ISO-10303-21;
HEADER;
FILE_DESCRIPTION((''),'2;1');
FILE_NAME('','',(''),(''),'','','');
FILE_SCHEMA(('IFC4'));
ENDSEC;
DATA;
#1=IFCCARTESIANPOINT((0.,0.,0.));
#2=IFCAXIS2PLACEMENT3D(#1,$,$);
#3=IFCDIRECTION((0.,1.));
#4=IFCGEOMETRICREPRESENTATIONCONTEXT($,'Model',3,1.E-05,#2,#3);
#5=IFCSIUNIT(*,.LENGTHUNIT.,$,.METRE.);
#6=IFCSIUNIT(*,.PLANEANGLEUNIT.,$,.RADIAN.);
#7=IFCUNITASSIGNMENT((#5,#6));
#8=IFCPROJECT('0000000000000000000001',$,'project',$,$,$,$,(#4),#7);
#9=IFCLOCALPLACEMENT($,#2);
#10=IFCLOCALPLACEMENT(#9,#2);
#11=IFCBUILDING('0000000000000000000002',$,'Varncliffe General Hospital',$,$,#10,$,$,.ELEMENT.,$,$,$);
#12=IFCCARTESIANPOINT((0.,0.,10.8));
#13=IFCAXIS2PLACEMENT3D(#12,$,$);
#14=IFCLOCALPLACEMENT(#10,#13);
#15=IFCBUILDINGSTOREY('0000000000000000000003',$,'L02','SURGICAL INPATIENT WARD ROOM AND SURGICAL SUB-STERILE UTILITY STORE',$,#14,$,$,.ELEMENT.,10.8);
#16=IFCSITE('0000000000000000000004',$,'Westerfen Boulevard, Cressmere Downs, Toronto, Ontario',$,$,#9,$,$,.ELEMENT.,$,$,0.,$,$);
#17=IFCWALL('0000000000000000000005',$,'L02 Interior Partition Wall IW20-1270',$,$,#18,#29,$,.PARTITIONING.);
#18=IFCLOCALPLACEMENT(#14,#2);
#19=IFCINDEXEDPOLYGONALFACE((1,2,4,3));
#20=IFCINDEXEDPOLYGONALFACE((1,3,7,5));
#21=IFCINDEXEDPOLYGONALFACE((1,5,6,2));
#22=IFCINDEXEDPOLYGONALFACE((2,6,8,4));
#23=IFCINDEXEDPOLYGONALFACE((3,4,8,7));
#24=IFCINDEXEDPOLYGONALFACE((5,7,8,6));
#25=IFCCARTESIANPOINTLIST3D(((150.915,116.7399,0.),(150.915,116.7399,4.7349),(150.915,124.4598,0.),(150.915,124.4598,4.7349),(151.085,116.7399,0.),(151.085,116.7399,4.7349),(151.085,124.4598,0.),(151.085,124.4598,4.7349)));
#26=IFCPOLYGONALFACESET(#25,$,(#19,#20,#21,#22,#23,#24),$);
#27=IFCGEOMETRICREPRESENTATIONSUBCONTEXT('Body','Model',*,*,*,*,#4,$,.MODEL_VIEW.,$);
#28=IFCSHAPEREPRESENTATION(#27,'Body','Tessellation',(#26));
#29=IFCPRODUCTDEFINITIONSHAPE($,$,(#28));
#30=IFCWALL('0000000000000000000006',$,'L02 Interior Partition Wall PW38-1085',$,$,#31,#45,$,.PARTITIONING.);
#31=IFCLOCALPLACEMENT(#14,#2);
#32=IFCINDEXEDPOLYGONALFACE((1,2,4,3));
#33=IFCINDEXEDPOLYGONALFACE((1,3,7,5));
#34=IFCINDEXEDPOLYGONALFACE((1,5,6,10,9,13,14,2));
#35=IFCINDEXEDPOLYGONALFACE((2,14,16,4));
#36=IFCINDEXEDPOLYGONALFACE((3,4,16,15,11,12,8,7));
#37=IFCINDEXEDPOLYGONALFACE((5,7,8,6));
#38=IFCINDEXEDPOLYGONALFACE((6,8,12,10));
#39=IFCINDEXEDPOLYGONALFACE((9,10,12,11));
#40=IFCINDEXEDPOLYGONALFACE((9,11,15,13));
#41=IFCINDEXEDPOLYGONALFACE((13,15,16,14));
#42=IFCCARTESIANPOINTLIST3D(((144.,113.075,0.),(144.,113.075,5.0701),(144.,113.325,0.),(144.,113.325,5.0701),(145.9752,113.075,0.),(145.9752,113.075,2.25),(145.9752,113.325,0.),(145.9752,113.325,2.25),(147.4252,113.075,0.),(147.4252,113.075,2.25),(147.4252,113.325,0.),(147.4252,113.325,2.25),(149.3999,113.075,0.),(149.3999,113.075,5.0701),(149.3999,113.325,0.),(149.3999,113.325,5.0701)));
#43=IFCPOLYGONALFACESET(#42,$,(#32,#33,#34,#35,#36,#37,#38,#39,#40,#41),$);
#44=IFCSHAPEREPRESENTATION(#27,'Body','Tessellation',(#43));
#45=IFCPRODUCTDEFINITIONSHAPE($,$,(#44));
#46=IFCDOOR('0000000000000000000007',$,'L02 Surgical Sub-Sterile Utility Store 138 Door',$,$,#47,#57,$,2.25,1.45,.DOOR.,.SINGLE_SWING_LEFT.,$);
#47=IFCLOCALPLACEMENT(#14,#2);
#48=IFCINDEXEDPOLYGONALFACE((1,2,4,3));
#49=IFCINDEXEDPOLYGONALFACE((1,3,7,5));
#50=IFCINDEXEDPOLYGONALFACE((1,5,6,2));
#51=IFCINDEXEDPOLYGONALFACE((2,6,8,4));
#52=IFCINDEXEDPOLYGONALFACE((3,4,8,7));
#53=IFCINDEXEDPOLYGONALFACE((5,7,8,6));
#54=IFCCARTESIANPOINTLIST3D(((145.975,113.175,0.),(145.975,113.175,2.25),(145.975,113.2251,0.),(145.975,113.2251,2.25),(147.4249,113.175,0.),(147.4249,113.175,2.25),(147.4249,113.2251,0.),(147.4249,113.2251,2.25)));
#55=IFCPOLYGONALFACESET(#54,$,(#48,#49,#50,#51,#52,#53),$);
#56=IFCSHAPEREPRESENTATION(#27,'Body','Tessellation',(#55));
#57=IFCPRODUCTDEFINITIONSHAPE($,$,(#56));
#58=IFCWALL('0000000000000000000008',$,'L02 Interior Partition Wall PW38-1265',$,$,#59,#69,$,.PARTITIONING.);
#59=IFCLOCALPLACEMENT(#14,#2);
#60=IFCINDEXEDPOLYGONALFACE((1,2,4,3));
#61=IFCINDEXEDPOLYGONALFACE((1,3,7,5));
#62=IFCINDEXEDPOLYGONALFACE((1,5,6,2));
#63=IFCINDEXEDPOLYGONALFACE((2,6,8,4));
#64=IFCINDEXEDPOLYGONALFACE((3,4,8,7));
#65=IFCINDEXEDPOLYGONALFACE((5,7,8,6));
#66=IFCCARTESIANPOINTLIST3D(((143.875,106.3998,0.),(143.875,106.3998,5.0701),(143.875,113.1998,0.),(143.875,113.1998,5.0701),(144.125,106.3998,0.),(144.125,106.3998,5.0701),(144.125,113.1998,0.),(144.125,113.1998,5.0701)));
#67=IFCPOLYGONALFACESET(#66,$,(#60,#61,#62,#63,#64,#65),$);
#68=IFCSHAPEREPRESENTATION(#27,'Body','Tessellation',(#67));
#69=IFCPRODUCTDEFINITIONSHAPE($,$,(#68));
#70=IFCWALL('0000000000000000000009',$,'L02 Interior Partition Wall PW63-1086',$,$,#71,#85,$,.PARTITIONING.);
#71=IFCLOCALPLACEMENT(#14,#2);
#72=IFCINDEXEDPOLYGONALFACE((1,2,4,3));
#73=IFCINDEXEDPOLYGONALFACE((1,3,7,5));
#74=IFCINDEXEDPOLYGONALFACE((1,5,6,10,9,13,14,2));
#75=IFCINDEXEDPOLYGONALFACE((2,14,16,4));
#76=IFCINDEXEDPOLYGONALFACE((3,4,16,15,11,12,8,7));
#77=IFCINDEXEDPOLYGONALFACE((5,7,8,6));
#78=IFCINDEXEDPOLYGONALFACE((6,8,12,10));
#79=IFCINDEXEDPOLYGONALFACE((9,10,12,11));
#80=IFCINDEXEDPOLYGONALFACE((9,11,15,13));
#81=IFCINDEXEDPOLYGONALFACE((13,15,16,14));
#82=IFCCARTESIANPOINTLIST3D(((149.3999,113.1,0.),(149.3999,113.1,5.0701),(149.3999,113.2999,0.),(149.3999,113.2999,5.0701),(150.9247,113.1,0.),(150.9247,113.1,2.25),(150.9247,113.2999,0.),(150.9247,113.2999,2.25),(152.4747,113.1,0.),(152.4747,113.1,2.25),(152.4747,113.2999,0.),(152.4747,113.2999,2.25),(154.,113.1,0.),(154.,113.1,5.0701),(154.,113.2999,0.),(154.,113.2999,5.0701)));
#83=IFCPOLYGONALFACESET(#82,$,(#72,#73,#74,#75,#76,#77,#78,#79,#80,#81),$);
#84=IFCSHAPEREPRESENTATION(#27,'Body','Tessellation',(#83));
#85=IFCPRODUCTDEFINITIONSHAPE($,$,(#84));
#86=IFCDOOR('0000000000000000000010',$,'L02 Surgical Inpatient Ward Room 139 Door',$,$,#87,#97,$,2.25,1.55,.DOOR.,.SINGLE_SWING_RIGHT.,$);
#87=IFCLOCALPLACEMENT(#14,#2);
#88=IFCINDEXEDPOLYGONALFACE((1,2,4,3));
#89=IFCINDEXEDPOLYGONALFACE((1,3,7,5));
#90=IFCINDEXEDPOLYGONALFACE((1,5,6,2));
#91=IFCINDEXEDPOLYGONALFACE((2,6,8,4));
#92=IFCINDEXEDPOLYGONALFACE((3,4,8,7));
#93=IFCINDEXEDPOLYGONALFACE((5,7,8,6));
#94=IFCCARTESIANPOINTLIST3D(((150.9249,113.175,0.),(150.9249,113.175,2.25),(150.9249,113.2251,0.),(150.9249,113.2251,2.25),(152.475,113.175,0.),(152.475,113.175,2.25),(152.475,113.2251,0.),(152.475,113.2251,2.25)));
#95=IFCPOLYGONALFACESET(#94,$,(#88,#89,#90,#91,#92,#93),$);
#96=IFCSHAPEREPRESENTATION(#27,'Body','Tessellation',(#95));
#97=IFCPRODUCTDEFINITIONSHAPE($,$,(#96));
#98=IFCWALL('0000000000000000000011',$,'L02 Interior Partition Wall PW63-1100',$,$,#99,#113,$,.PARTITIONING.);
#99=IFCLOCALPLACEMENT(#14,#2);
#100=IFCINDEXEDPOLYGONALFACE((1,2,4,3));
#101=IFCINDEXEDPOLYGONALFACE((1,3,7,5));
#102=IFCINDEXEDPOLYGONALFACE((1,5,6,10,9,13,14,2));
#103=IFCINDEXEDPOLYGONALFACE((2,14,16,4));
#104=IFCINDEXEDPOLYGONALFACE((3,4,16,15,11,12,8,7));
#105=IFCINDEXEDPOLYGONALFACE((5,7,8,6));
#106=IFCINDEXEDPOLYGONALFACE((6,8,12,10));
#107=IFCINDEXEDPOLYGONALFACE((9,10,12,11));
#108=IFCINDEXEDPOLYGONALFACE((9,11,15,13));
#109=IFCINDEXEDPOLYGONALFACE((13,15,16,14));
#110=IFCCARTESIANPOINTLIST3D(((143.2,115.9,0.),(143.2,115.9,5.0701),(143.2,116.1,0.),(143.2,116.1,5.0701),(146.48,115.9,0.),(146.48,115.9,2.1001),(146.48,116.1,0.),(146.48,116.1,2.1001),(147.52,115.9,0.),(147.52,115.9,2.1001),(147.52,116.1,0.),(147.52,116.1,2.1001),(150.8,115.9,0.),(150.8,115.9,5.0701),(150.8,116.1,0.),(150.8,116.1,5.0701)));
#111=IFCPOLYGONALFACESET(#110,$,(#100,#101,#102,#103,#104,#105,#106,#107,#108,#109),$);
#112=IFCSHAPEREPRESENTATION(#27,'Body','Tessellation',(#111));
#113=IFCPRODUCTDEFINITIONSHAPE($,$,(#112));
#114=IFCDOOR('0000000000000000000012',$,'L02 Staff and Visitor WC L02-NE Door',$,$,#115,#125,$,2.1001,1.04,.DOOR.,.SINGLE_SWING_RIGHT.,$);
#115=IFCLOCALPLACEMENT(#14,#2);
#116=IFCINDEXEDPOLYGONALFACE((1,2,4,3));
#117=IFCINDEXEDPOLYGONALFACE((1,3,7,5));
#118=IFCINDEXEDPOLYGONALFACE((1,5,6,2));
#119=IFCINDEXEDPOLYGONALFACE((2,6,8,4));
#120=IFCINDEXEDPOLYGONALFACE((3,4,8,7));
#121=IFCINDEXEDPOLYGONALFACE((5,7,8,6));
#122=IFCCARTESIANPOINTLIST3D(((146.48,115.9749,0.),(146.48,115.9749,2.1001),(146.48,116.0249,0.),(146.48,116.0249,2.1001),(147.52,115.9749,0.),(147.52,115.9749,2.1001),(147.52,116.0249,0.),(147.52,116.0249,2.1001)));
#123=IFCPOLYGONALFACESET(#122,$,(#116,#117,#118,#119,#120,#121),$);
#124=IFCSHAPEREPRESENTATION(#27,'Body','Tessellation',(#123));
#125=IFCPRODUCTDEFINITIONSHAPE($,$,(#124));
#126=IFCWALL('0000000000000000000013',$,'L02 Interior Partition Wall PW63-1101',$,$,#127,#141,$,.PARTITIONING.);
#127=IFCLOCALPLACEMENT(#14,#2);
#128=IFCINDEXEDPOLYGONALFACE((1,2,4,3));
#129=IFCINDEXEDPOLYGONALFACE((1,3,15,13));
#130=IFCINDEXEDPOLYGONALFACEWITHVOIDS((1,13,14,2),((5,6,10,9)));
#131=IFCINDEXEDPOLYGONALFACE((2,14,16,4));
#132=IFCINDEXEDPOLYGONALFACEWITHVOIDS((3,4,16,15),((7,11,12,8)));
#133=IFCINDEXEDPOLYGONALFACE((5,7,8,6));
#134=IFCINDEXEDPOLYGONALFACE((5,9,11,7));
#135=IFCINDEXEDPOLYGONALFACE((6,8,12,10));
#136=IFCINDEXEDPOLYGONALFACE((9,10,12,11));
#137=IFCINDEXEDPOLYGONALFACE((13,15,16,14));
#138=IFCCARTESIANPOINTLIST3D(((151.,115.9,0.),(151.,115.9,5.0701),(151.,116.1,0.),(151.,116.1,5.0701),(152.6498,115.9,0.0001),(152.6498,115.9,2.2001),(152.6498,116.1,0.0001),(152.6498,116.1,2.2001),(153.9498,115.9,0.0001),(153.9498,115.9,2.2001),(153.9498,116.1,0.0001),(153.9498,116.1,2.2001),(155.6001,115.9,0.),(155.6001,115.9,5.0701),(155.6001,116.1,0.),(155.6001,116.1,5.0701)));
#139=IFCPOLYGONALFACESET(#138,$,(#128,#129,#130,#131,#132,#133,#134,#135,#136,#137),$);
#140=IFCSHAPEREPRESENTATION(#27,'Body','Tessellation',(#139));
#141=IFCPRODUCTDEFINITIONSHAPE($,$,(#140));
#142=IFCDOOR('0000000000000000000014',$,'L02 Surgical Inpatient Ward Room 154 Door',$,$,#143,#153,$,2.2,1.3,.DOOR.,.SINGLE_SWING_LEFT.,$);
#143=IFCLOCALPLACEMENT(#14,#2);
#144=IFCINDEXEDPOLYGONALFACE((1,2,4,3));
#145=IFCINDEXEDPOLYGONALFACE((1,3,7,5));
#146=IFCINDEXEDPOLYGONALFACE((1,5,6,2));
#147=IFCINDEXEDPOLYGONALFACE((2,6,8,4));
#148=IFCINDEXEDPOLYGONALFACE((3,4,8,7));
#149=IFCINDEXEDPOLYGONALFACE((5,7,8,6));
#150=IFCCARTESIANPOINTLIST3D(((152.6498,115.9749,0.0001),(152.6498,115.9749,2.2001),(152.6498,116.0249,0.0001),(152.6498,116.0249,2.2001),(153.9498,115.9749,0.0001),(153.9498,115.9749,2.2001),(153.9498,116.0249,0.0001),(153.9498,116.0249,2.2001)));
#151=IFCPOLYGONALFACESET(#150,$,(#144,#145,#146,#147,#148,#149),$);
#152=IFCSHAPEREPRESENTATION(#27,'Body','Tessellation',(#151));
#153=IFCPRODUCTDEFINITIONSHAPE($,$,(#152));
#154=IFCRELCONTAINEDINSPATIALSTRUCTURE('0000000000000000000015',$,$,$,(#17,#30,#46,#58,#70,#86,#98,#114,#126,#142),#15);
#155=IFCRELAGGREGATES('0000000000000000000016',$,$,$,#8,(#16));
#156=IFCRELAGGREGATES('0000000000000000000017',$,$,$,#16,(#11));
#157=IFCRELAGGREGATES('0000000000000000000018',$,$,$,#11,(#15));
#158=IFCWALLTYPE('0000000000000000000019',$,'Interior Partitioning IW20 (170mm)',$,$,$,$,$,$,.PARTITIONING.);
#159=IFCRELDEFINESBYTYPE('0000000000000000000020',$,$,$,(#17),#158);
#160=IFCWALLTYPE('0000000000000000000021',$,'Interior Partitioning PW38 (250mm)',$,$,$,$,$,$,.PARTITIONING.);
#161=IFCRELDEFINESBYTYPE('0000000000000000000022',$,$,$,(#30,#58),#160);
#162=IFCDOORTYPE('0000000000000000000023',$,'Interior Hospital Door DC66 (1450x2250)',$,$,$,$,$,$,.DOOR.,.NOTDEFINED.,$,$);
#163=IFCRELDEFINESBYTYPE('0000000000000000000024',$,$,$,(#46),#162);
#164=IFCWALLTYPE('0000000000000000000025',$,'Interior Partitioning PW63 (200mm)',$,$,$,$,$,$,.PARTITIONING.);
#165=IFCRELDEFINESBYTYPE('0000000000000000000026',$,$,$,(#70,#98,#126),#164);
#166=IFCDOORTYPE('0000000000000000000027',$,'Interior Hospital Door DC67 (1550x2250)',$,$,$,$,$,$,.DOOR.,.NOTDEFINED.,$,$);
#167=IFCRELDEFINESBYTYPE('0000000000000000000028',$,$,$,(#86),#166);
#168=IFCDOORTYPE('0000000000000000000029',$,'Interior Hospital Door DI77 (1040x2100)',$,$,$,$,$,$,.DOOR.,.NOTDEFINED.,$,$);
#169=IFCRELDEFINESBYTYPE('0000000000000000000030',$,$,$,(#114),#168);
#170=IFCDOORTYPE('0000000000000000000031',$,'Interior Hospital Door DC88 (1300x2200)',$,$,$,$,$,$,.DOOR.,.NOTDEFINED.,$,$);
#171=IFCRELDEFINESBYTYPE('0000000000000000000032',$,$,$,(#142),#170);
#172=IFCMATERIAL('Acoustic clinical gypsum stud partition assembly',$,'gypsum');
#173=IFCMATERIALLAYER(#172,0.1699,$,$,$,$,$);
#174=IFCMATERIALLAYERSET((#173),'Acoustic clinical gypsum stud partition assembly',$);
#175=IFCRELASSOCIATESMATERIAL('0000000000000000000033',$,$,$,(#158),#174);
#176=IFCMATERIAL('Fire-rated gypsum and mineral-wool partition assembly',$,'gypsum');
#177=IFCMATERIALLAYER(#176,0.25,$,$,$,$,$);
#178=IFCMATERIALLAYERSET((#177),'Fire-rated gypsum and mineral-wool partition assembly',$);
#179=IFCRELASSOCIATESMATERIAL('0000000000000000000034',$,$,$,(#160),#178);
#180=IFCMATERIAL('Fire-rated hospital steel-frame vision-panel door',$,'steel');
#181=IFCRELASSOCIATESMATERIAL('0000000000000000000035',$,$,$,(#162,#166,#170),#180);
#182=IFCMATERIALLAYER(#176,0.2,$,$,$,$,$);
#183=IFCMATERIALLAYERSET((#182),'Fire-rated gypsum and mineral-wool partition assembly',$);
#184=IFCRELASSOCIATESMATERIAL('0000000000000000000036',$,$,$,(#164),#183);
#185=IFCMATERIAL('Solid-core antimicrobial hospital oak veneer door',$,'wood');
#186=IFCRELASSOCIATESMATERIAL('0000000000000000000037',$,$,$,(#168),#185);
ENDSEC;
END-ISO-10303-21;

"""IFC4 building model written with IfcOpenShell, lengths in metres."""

from ifc_helpers import new_model, si_unit, direction, frame, frame_2d, origin, place, context, subcontext, project, spatial, rectangle, extrude, material, layer, layer_set, type_object, element, fill, save


model = new_model("IFC4")

# Units and contexts
model_context = context("Model", 3, precision=1e-05, world=origin(), true_north=direction((0.0, 1.0)))
body_context = subcontext(model_context, "Body", "Model", "MODEL_VIEW")
ifc_project = project(units=[si_unit("LENGTHUNIT", "METRE"), si_unit("PLANEANGLEUNIT", "RADIAN")], contexts=[model_context])

# Site, building, storey
site_placement = place(None, origin())
site = spatial("IfcSite", under=ifc_project, at=site_placement, Name="Westerfen Boulevard, Cressmere Downs, Toronto, Ontario", CompositionType="ELEMENT", RefElevation=0.0)
building_placement = place(site_placement, origin())
building = spatial("IfcBuilding", under=site, at=building_placement, Name="Varncliffe General Hospital", CompositionType="ELEMENT")
storey_placement = place(building_placement, frame((0.0, 0.0, 10.8)))
storey = spatial("IfcBuildingStorey", under=building, at=storey_placement, Name="L02", Description="SURGICAL INPATIENT WARD ROOM AND SURGICAL SUB-STERILE UTILITY STORE", CompositionType="ELEMENT", Elevation=10.8)

# Wall
ifc_material_1 = material(Name="Acoustic clinical gypsum stud partition assembly", Category="gypsum")
ifc_layer_1 = layer(ifc_material_1, 0.1699)
ifc_layer_set_1 = layer_set([ifc_layer_1], Name="Acoustic clinical gypsum stud partition assembly")
wall_type_1 = type_object("IfcWallType", Name="Interior Partitioning IW20 (170mm)", PredefinedType="PARTITIONING", material=ifc_layer_set_1)
wall_1_placement = place(storey_placement, frame((151.0, 116.74, 0.0), z_axis=(0.0, 0.0, 1.0), x_axis=(0.0, 1.0, 0.0)))
element("IfcWall", 1, at=wall_1_placement, inside=storey, type_object=wall_type_1, Name="L02 Interior Partition Wall IW20-1270", PredefinedType="PARTITIONING", context=body_context, shape_type="SweptSolid", body=[
    extrude(rectangle(XDim=7.72, YDim=0.1699, at=frame_2d((3.8599, 0.0))), origin(), (0.0, 0.0, 1.0), 4.7349),
])

# Wall, opening, door
ifc_material_2 = material(Name="Fire-rated gypsum and mineral-wool partition assembly", Category="gypsum")
ifc_layer_2 = layer(ifc_material_2, 0.25)
ifc_layer_set_2 = layer_set([ifc_layer_2], Name="Fire-rated gypsum and mineral-wool partition assembly")
wall_type_2 = type_object("IfcWallType", Name="Interior Partitioning PW38 (250mm)", PredefinedType="PARTITIONING", material=ifc_layer_set_2)
wall_2_placement = place(storey_placement, frame((144.0, 113.2, 0.0), z_axis=(0.0, 0.0, 1.0), x_axis=(1.0, 0.0, 0.0)))
wall_2 = element("IfcWall", 2, at=wall_2_placement, inside=storey, type_object=wall_type_2, Name="L02 Interior Partition Wall PW38-1085", PredefinedType="PARTITIONING", context=body_context, shape_type="SweptSolid", body=[
    extrude(rectangle(XDim=5.3999, YDim=0.25, at=frame_2d((2.7, 0.0))), origin(), (0.0, 0.0, 1.0), 5.0701),
])
opening_1_placement = place(wall_2_placement, frame((1.9751, 0.0, 0.0)))
opening_1 = element("IfcOpeningElement", 3, at=opening_1_placement, cuts=wall_2, PredefinedType="OPENING", context=body_context, shape_type="SweptSolid", body=[
    extrude(rectangle(XDim=1.45, YDim=2.25, at=frame_2d((0.7251, 1.125))), frame((0.0, 0.135, 0.0), z_axis=(0.0, -1.0, 0.0), x_axis=(1.0, 0.0, 0.0)), (0.0, 0.0, 1.0), 0.27),
])
ifc_material_3 = material(Name="Fire-rated hospital steel-frame vision-panel door", Category="steel")
door_type_1 = type_object("IfcDoorType", Name="Interior Hospital Door DC66 (1450x2250)", OperationType="NOTDEFINED", PredefinedType="DOOR", material=ifc_material_3)
door_1_placement = place(opening_1_placement, frame((1.45, 0.0, 0.0), z_axis=(0.0, 0.0, 1.0), x_axis=(-1.0, 0.0, 0.0)))
door_1 = element("IfcDoor", 4, at=door_1_placement, inside=storey, type_object=door_type_1, Name="L02 Surgical Sub-Sterile Utility Store 138 Door", OperationType="SINGLE_SWING_LEFT", OverallHeight=2.25, OverallWidth=1.45, PredefinedType="DOOR", context=body_context, shape_type="SweptSolid", body=[
    extrude(rectangle(XDim=1.45, YDim=2.25, at=frame_2d((0.7251, 1.125))), frame((0.0, 0.0249, 0.0), z_axis=(0.0, -1.0, 0.0), x_axis=(1.0, 0.0, 0.0)), (0.0, 0.0, 1.0), 0.05),
])
fill(opening_1, door_1)

# Wall
wall_3_placement = place(storey_placement, frame((144.0, 106.3999, 0.0), z_axis=(0.0, 0.0, 1.0), x_axis=(0.0, 1.0, 0.0)))
element("IfcWall", 5, at=wall_3_placement, inside=storey, type_object=wall_type_2, Name="L02 Interior Partition Wall PW38-1265", PredefinedType="PARTITIONING", context=body_context, shape_type="SweptSolid", body=[
    extrude(rectangle(XDim=6.8, YDim=0.25, at=frame_2d((3.3999, 0.0))), origin(), (0.0, 0.0, 1.0), 5.0701),
])

# Walls, openings, doors
ifc_layer_3 = layer(ifc_material_2, 0.2)
ifc_layer_set_3 = layer_set([ifc_layer_3], Name="Fire-rated gypsum and mineral-wool partition assembly")
wall_type_3 = type_object("IfcWallType", Name="Interior Partitioning PW63 (200mm)", PredefinedType="PARTITIONING", material=ifc_layer_set_3)
wall_4_placement = place(storey_placement, frame((149.3999, 113.2, 0.0), z_axis=(0.0, 0.0, 1.0), x_axis=(1.0, 0.0, 0.0)))
wall_4 = element("IfcWall", 6, at=wall_4_placement, inside=storey, type_object=wall_type_3, Name="L02 Interior Partition Wall PW63-1086", PredefinedType="PARTITIONING", context=body_context, shape_type="SweptSolid", body=[
    extrude(rectangle(XDim=4.6001, YDim=0.2, at=frame_2d((2.3, 0.0))), origin(), (0.0, 0.0, 1.0), 5.0701),
])
opening_2_placement = place(wall_4_placement, frame((1.5249, 0.0, 0.0)))
opening_2 = element("IfcOpeningElement", 7, at=opening_2_placement, cuts=wall_4, PredefinedType="OPENING", context=body_context, shape_type="SweptSolid", body=[
    extrude(rectangle(XDim=1.55, YDim=2.25, at=frame_2d((0.7749, 1.125))), frame((0.0, 0.1099, 0.0), z_axis=(0.0, -1.0, 0.0), x_axis=(1.0, 0.0, 0.0)), (0.0, 0.0, 1.0), 0.22),
])
door_type_2 = type_object("IfcDoorType", Name="Interior Hospital Door DC67 (1550x2250)", OperationType="NOTDEFINED", PredefinedType="DOOR", material=ifc_material_3)
door_2_placement = place(opening_2_placement, frame((1.55, 0.0, 0.0), z_axis=(0.0, 0.0, 1.0), x_axis=(-1.0, 0.0, 0.0)))
door_2 = element("IfcDoor", 8, at=door_2_placement, inside=storey, type_object=door_type_2, Name="L02 Surgical Inpatient Ward Room 139 Door", OperationType="SINGLE_SWING_RIGHT", OverallHeight=2.25, OverallWidth=1.55, PredefinedType="DOOR", context=body_context, shape_type="SweptSolid", body=[
    extrude(rectangle(XDim=1.55, YDim=2.25, at=frame_2d((0.7749, 1.125))), frame((0.0, 0.0249, 0.0), z_axis=(0.0, -1.0, 0.0), x_axis=(1.0, 0.0, 0.0)), (0.0, 0.0, 1.0), 0.05),
])
fill(opening_2, door_2)
wall_5_placement = place(storey_placement, frame((143.2, 116.0, 0.0), z_axis=(0.0, 0.0, 1.0), x_axis=(1.0, 0.0, 0.0)))
wall_5 = element("IfcWall", 9, at=wall_5_placement, inside=storey, type_object=wall_type_3, Name="L02 Interior Partition Wall PW63-1100", PredefinedType="PARTITIONING", context=body_context, shape_type="SweptSolid", body=[
    extrude(rectangle(XDim=7.6001, YDim=0.2, at=frame_2d((3.8, 0.0))), origin(), (0.0, 0.0, 1.0), 5.0701),
])
opening_3_placement = place(wall_5_placement, frame((3.28, 0.0, 0.0)))
opening_3 = element("IfcOpeningElement", 10, at=opening_3_placement, cuts=wall_5, PredefinedType="OPENING", context=body_context, shape_type="SweptSolid", body=[
    extrude(rectangle(XDim=1.04, YDim=2.1001, at=frame_2d((0.52, 1.05))), frame((0.0, 0.1099, 0.0), z_axis=(0.0, -1.0, 0.0), x_axis=(1.0, 0.0, 0.0)), (0.0, 0.0, 1.0), 0.22),
])
ifc_material_4 = material(Name="Solid-core antimicrobial hospital oak veneer door", Category="wood")
door_type_3 = type_object("IfcDoorType", Name="Interior Hospital Door DI77 (1040x2100)", OperationType="NOTDEFINED", PredefinedType="DOOR", material=ifc_material_4)
door_3_placement = place(opening_3_placement, origin())
door_3 = element("IfcDoor", 11, at=door_3_placement, inside=storey, type_object=door_type_3, Name="L02 Staff and Visitor WC L02-NE Door", OperationType="SINGLE_SWING_RIGHT", OverallHeight=2.1001, OverallWidth=1.04, PredefinedType="DOOR", context=body_context, shape_type="SweptSolid", body=[
    extrude(rectangle(XDim=1.04, YDim=2.1001, at=frame_2d((0.52, 1.05))), frame((0.0, 0.0249, 0.0), z_axis=(0.0, -1.0, 0.0), x_axis=(1.0, 0.0, 0.0)), (0.0, 0.0, 1.0), 0.05),
])
fill(opening_3, door_3)
wall_6_placement = place(storey_placement, frame((151.0, 116.0, 0.0), z_axis=(0.0, 0.0, 1.0), x_axis=(1.0, 0.0, 0.0)))
wall_6 = element("IfcWall", 12, at=wall_6_placement, inside=storey, type_object=wall_type_3, Name="L02 Interior Partition Wall PW63-1101", PredefinedType="PARTITIONING", context=body_context, shape_type="SweptSolid", body=[
    extrude(rectangle(XDim=4.6001, YDim=0.2, at=frame_2d((2.3, 0.0))), origin(), (0.0, 0.0, 1.0), 5.0701),
])
opening_4_placement = place(wall_6_placement, frame((1.6499, 0.0, 0.0)))
opening_4 = element("IfcOpeningElement", 13, at=opening_4_placement, cuts=wall_6, PredefinedType="OPENING", context=body_context, shape_type="SweptSolid", body=[
    extrude(rectangle(XDim=1.3, YDim=2.2, at=frame_2d((0.6499, 1.1001))), frame((0.0, 0.1099, 0.0), z_axis=(0.0, -1.0, 0.0), x_axis=(1.0, 0.0, 0.0)), (0.0, 0.0, 1.0), 0.22),
])
door_type_4 = type_object("IfcDoorType", Name="Interior Hospital Door DC88 (1300x2200)", OperationType="NOTDEFINED", PredefinedType="DOOR", material=ifc_material_3)
door_4_placement = place(opening_4_placement, origin())
door_4 = element("IfcDoor", 14, at=door_4_placement, inside=storey, type_object=door_type_4, Name="L02 Surgical Inpatient Ward Room 154 Door", OperationType="SINGLE_SWING_LEFT", OverallHeight=2.2, OverallWidth=1.3, PredefinedType="DOOR", context=body_context, shape_type="SweptSolid", body=[
    extrude(rectangle(XDim=1.3, YDim=2.2, at=frame_2d((0.6499, 1.1001))), frame((0.0, 0.0249, 0.0), z_axis=(0.0, -1.0, 0.0), x_axis=(1.0, 0.0, 0.0)), (0.0, 0.0, 1.0), 0.05),
])
fill(opening_4, door_4)

save(model, "model.ifc")
